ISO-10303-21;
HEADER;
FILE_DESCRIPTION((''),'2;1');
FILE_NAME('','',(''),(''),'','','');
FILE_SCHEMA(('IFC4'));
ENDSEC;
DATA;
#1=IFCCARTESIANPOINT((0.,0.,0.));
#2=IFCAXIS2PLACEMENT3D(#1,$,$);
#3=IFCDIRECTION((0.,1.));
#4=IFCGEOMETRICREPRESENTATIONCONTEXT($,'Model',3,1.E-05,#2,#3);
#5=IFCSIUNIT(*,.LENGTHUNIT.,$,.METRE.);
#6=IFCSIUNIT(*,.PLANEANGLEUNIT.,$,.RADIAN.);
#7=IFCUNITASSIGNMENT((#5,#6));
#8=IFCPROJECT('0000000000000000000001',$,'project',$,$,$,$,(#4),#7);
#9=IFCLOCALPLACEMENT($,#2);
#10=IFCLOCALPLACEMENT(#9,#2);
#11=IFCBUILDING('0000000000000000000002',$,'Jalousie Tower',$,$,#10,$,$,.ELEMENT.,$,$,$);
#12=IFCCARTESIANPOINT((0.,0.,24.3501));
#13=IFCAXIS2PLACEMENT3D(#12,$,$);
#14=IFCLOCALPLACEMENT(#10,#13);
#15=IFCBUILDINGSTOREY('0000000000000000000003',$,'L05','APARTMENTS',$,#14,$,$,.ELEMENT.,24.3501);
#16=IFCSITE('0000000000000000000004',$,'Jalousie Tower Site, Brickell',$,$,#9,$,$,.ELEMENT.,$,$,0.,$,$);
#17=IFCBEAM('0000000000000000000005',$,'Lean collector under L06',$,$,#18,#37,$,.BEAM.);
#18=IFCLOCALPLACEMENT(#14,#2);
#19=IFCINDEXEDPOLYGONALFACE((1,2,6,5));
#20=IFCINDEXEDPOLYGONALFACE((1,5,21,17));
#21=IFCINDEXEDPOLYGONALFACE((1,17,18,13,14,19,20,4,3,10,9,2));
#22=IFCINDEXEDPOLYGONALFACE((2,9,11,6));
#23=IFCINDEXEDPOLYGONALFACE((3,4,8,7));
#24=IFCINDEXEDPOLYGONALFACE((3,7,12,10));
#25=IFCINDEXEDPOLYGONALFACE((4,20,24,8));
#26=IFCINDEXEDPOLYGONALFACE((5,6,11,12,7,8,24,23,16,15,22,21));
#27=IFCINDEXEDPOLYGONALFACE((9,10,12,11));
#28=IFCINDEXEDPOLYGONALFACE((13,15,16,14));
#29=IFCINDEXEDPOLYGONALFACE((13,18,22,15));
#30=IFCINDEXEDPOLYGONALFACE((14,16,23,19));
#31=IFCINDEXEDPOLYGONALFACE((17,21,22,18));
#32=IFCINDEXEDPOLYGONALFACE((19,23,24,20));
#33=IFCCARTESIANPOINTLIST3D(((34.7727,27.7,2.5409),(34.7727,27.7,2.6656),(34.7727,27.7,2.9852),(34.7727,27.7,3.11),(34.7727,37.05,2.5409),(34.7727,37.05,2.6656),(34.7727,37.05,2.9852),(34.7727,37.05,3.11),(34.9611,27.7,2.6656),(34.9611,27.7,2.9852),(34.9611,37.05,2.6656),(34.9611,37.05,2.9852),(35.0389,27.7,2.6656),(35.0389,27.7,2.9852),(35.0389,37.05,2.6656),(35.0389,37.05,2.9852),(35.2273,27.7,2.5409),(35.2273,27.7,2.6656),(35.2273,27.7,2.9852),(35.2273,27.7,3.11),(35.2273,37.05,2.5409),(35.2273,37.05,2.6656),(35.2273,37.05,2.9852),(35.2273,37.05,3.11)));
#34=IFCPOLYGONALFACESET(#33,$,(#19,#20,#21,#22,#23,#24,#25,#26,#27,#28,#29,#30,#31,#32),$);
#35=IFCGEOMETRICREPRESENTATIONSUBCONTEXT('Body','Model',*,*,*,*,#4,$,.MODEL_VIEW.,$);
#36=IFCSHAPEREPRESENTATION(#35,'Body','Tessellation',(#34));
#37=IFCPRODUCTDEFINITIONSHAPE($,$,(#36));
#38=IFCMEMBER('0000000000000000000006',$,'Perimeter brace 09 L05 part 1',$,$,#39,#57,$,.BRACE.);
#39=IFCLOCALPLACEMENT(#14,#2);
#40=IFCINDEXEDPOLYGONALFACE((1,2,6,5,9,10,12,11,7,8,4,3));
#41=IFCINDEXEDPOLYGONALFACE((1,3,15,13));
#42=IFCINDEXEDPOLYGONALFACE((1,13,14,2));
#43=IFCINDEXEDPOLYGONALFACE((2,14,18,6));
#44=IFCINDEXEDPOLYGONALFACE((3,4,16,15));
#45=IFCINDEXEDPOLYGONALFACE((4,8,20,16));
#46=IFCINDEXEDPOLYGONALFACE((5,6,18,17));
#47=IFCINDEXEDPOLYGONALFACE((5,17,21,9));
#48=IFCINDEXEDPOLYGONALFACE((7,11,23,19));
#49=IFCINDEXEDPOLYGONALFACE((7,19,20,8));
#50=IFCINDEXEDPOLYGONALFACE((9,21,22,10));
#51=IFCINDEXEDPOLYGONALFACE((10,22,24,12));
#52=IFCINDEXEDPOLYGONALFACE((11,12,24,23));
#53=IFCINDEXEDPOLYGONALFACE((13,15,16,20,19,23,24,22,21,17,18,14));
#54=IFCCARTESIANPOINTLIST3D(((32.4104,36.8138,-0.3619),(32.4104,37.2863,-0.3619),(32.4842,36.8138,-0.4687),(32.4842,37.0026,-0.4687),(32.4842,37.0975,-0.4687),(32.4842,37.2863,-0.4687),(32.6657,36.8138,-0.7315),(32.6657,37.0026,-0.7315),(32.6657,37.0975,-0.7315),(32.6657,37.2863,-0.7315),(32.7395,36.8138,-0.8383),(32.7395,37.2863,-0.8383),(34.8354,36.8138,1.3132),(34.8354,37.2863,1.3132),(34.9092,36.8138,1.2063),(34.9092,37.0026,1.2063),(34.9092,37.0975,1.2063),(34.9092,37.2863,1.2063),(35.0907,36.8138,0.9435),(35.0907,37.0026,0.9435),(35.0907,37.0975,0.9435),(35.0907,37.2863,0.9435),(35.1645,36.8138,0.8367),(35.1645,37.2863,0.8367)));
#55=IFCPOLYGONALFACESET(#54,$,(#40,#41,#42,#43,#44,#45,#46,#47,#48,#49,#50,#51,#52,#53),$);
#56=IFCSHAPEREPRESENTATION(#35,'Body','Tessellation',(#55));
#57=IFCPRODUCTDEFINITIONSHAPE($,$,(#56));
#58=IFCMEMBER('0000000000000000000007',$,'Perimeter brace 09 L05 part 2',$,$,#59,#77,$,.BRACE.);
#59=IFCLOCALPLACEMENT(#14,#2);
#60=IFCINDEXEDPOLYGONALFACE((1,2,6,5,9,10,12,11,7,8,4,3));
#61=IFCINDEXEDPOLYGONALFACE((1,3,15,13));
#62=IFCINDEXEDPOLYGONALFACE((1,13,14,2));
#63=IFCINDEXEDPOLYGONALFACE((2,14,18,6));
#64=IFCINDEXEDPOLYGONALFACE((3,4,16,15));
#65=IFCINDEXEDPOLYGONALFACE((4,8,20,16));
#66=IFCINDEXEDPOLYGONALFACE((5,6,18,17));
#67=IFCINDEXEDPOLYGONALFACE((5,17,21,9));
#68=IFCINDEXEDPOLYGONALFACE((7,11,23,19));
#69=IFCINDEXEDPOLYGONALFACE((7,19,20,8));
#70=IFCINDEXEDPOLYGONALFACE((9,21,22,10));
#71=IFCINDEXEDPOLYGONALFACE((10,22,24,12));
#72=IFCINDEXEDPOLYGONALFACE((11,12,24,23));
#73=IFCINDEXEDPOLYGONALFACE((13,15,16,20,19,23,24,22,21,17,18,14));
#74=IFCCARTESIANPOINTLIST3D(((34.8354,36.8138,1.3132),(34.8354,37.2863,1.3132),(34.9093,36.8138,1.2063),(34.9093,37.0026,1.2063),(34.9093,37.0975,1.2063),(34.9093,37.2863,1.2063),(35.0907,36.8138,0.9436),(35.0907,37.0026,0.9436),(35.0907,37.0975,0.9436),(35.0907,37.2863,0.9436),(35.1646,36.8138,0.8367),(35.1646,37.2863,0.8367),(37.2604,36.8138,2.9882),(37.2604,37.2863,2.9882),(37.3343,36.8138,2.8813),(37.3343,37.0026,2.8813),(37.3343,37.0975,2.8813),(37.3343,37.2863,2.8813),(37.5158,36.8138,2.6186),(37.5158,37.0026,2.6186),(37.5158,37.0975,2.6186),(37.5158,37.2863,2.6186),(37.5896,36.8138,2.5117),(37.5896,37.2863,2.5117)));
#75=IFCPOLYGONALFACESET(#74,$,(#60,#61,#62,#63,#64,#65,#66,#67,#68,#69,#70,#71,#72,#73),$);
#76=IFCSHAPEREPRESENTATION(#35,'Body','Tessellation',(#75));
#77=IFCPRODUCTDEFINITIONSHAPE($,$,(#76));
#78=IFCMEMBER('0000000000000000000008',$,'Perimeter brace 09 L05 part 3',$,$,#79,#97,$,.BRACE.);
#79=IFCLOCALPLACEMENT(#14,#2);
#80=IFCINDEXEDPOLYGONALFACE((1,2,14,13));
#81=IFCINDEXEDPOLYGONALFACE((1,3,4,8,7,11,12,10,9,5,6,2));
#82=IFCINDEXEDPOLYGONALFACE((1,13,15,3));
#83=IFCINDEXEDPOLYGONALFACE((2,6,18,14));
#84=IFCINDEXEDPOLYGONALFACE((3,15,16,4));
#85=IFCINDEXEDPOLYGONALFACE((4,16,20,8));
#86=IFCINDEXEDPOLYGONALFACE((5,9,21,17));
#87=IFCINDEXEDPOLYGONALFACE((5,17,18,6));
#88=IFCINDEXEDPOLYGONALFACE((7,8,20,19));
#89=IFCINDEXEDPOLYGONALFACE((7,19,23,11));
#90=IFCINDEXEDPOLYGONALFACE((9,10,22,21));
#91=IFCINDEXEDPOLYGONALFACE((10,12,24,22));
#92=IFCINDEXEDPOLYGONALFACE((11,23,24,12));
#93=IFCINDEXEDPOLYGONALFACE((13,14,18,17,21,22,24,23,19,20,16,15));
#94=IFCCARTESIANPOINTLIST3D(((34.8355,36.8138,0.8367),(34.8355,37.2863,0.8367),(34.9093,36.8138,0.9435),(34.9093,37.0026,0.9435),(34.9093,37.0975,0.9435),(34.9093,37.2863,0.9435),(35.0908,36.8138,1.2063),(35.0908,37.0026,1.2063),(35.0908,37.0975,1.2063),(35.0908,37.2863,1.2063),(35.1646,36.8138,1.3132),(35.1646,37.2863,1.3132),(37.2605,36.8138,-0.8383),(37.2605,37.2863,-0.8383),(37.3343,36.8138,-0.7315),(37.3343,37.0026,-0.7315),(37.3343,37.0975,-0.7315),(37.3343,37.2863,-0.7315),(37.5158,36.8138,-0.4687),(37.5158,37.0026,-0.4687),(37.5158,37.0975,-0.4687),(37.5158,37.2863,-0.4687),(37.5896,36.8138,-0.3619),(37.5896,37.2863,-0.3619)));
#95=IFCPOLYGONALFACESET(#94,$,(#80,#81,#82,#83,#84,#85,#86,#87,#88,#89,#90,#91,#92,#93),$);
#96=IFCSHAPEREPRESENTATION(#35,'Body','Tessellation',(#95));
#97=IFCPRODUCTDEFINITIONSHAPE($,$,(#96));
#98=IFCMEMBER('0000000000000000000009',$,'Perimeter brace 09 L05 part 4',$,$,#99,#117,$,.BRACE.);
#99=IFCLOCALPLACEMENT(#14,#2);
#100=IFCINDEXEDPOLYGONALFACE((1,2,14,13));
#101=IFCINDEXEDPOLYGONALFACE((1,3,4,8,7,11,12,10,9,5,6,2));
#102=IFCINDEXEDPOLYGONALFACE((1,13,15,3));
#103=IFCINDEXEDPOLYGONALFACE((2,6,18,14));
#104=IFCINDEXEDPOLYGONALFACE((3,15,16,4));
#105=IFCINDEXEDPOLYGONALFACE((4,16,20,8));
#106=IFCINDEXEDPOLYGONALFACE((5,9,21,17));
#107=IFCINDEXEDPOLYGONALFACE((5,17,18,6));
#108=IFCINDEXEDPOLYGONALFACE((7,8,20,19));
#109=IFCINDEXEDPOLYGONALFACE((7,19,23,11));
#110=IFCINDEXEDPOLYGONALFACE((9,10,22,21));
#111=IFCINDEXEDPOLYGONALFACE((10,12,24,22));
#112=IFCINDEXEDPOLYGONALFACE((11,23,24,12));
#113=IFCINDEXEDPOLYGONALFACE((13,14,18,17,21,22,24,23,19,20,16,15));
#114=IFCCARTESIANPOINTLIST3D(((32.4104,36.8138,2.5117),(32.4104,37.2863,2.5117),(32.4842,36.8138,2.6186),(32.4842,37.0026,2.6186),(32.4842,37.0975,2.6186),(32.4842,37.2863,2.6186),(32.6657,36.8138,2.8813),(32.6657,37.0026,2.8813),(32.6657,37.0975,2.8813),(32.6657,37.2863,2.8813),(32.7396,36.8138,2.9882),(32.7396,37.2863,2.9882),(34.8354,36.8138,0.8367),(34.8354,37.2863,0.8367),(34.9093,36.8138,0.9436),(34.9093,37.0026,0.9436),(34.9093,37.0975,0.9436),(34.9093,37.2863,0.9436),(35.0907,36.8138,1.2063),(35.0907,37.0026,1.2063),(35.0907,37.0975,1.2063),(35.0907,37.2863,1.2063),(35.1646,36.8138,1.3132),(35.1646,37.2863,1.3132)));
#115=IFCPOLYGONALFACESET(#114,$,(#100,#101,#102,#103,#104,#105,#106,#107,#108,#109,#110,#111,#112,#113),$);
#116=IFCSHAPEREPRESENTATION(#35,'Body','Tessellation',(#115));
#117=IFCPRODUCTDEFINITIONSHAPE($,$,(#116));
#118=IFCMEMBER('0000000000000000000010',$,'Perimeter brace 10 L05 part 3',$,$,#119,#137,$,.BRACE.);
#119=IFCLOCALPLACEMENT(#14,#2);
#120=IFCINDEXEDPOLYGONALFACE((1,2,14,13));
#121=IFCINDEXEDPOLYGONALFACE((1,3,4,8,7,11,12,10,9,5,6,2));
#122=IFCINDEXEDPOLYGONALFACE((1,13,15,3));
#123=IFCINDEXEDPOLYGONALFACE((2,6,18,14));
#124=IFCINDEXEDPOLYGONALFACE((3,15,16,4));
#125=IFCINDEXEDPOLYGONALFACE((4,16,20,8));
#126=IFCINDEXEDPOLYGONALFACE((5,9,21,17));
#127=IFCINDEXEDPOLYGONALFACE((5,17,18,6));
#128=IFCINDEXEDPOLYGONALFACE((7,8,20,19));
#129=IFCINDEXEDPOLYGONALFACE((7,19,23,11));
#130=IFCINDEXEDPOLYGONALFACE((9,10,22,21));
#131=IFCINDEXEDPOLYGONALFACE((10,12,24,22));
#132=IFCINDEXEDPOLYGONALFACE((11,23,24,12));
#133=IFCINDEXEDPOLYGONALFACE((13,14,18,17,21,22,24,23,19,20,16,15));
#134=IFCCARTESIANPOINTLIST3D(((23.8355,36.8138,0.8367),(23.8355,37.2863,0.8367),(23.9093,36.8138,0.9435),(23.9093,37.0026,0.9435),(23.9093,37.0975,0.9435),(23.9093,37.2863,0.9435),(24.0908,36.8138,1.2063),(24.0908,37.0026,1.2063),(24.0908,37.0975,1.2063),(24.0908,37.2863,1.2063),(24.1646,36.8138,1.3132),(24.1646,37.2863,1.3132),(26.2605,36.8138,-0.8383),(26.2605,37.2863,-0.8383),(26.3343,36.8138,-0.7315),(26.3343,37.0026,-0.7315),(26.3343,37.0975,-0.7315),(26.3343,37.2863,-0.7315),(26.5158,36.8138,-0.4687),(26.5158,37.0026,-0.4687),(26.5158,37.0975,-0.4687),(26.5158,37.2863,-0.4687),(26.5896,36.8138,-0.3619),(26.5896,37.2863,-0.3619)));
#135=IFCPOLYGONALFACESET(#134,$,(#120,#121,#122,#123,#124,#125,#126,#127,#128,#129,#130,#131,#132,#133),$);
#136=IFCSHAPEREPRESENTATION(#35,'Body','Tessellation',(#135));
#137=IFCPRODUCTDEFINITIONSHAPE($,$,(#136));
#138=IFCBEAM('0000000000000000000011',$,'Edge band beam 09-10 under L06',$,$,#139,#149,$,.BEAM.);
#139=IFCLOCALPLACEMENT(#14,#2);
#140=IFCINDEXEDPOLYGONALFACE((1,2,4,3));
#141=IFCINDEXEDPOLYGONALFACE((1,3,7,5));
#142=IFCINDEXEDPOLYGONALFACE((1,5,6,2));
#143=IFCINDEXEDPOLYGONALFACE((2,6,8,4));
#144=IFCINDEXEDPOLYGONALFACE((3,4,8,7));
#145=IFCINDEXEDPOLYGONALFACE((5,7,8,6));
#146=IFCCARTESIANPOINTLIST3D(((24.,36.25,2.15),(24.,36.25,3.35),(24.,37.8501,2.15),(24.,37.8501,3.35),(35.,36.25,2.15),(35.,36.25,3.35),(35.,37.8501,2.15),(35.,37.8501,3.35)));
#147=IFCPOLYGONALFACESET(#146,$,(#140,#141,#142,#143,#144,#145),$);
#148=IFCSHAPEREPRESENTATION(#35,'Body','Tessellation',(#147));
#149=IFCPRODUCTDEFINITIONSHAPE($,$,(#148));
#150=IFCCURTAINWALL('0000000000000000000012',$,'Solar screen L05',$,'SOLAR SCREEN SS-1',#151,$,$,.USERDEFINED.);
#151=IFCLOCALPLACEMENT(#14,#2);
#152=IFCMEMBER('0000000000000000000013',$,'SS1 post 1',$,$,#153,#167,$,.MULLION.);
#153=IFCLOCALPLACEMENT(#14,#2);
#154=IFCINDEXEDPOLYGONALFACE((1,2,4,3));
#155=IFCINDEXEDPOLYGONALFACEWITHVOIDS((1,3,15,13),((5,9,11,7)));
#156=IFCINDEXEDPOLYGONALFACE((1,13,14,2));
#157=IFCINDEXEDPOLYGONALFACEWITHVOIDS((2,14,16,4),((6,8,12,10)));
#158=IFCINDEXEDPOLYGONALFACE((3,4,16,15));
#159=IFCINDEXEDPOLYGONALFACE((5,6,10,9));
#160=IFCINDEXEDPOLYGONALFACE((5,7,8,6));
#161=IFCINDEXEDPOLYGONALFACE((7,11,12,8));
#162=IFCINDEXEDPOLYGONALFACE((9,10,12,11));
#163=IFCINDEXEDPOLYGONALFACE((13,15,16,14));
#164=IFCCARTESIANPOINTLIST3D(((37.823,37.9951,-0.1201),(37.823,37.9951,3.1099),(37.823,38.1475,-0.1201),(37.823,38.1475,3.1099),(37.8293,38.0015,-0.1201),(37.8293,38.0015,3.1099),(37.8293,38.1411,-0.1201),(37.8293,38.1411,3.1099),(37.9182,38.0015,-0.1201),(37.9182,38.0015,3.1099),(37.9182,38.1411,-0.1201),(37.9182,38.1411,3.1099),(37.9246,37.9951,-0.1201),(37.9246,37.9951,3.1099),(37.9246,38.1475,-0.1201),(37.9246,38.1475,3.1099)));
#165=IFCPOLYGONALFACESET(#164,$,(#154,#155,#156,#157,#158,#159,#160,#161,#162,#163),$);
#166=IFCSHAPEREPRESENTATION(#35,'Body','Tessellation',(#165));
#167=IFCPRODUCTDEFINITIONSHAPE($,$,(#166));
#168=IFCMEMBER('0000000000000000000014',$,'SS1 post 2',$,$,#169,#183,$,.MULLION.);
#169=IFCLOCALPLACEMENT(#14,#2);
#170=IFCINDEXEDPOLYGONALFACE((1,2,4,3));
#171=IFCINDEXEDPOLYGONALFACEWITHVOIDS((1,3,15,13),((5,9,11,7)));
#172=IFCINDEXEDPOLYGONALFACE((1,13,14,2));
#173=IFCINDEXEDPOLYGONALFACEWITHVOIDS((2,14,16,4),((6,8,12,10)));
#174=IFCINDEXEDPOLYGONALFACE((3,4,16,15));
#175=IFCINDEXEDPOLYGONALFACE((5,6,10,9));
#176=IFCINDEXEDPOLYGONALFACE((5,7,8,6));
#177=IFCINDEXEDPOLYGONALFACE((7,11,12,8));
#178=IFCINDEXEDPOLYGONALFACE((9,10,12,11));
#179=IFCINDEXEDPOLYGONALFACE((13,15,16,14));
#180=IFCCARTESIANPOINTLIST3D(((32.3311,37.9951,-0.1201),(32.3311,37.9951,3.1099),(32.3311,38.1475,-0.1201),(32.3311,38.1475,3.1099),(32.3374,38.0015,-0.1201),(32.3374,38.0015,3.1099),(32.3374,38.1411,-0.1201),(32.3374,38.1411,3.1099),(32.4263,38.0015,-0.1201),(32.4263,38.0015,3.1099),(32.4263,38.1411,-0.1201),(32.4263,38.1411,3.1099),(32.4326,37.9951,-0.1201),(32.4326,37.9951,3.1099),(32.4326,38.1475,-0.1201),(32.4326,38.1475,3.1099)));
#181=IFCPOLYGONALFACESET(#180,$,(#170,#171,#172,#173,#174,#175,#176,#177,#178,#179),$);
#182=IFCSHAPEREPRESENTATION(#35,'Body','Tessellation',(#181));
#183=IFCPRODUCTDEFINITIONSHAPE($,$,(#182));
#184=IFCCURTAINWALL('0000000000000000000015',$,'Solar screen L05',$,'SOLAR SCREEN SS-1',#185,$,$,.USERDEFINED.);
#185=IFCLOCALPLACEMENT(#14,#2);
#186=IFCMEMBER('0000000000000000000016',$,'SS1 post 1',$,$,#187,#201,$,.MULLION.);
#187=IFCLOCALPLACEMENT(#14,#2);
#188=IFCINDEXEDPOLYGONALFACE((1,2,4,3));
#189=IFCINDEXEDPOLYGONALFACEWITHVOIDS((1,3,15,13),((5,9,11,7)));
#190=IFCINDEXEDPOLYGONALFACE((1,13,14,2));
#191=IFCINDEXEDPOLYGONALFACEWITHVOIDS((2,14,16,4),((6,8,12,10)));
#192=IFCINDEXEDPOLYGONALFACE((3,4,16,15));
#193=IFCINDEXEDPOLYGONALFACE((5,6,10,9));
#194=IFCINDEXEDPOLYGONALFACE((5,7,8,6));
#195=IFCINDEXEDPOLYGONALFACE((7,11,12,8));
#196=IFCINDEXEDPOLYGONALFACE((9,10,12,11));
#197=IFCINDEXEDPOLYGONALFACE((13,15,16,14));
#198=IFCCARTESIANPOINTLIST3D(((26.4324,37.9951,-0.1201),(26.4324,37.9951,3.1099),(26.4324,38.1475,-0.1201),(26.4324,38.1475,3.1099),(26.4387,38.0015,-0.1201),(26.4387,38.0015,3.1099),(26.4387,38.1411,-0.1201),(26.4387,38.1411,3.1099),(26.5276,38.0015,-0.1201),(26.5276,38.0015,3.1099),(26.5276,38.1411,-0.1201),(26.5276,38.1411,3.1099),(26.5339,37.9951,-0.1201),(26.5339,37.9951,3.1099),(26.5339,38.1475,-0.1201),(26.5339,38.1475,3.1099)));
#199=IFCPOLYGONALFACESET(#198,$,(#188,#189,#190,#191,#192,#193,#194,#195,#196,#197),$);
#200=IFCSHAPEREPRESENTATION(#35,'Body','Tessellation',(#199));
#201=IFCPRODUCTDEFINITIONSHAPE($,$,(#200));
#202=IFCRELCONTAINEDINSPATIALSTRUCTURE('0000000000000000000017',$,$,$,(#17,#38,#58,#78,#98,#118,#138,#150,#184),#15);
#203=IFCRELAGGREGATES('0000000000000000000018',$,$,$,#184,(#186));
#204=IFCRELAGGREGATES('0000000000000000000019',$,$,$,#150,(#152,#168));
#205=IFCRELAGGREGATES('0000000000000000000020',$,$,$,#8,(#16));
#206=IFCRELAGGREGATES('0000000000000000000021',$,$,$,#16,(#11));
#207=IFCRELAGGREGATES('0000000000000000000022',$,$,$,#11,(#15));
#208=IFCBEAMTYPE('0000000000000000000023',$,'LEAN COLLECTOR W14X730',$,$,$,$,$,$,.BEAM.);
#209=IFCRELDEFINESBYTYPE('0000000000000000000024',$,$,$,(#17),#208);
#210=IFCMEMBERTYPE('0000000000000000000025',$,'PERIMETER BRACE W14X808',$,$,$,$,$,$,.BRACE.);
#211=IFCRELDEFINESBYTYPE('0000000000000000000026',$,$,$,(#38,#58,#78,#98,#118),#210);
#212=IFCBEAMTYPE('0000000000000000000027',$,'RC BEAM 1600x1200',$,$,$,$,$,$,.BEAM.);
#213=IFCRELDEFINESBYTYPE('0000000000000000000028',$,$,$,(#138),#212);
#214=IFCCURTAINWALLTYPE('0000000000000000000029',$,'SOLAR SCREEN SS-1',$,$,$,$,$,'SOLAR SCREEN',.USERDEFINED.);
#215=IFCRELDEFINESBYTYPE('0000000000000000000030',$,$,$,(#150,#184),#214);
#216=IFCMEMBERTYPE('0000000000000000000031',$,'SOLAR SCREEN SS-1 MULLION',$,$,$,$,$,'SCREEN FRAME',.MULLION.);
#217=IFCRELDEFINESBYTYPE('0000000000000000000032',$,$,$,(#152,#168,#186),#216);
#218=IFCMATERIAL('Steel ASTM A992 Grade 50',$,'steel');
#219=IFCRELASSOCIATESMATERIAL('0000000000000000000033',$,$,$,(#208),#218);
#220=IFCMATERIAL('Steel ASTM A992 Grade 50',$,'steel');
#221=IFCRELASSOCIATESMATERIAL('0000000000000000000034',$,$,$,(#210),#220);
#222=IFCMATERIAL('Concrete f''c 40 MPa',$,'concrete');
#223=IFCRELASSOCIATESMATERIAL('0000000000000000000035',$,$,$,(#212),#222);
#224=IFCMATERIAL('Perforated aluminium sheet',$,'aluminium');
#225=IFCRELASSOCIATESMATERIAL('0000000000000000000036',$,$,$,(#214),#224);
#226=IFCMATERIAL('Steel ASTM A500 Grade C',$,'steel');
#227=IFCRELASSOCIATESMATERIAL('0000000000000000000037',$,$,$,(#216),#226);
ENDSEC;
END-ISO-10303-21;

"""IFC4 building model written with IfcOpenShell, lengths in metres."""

from ifc_helpers import new_model, si_unit, direction, frame, origin, origin_2d, place, context, subcontext, project, spatial, rectangle, hollow_rectangle, i_section, extrude, material, material_profile, profile_set, type_object, element, aggregate, save


model = new_model("IFC4")

# Units and contexts
model_context = context("Model", 3, precision=1e-05, world=origin(), true_north=direction((0.0, 1.0)))
body_context = subcontext(model_context, "Body", "Model", "MODEL_VIEW")
ifc_project = project(units=[si_unit("LENGTHUNIT", "METRE"), si_unit("PLANEANGLEUNIT", "RADIAN")], contexts=[model_context])

# Site, building, storey
site_placement = place(None, origin())
site = spatial("IfcSite", under=ifc_project, at=site_placement, Name="Jalousie Tower Site, Brickell", CompositionType="ELEMENT", RefElevation=0.0)
building_placement = place(site_placement, origin())
building = spatial("IfcBuilding", under=site, at=building_placement, Name="Jalousie Tower", CompositionType="ELEMENT")
storey_placement = place(building_placement, frame((0.0, 0.0, 24.3501)))
storey = spatial("IfcBuildingStorey", under=building, at=storey_placement, Name="L05", Description="APARTMENTS", CompositionType="ELEMENT", Elevation=24.3501)

# Beam
ifc_material_1 = material(Name="Steel ASTM A992 Grade 50", Category="steel")
ifc_material_profile_1 = material_profile(ifc_material_1, i_section(OverallWidth=0.4546, OverallDepth=0.5691, WebThickness=0.0779, FlangeThickness=0.1248, at=origin_2d()), Name="W14X730")
ifc_profile_set_1 = profile_set([ifc_material_profile_1], Name="Steel ASTM A992 Grade 50")
beam_type_1 = type_object("IfcBeamType", Name="LEAN COLLECTOR W14X730", PredefinedType="BEAM", material=ifc_profile_set_1)
beam_1_placement = place(storey_placement, frame((35.0, 37.05, 2.8254), z_axis=(0.0, -1.0, 0.0), x_axis=(1.0, 0.0, 0.0)))
element("IfcBeam", 1, at=beam_1_placement, inside=storey, type_object=beam_type_1, Name="Lean collector under L06", PredefinedType="BEAM", context=body_context, shape_type="SweptSolid", body=[
    extrude(i_section(OverallWidth=0.4546, OverallDepth=0.5691, WebThickness=0.0779, FlangeThickness=0.1248, at=origin_2d()), origin(), (0.0, 0.0, 1.0), 9.3501),
])

# Members
ifc_material_2 = material(Name="Steel ASTM A992 Grade 50", Category="steel")
ifc_material_profile_2 = material_profile(ifc_material_2, i_section(OverallWidth=0.4724, OverallDepth=0.5791, WebThickness=0.095, FlangeThickness=0.1299, at=origin_2d()), Name="W14X808")
ifc_profile_set_2 = profile_set([ifc_material_profile_2], Name="Steel ASTM A992 Grade 50")
member_type_1 = type_object("IfcMemberType", Name="PERIMETER BRACE W14X808", PredefinedType="BRACE", material=ifc_profile_set_2)
for number, where, z_axis, x_axis, name in (
    (2, (32.575, 37.05, -0.6001), (0.8228, 0.0, 0.568331), (0.0, 1.0, 0.0), "Perimeter brace 09 L05 part 1"),
    (3, (35.0, 37.05, 1.075), (0.8228, 0.0, 0.568331), (0.0, 1.0, 0.0), "Perimeter brace 09 L05 part 2"),
    (4, (37.425, 37.05, -0.6001), (-0.8228, 0.0, 0.568331), (0.0, -1.0, 0.0), "Perimeter brace 09 L05 part 3"),
    (5, (35.0, 37.05, 1.075), (-0.8228, 0.0, 0.568331), (0.0, -1.0, 0.0), "Perimeter brace 09 L05 part 4"),
    (6, (26.425, 37.05, -0.6001), (-0.8228, 0.0, 0.568331), (0.0, -1.0, 0.0), "Perimeter brace 10 L05 part 3"),
):
    element("IfcMember", number, at=place(storey_placement, frame(where, z_axis=z_axis, x_axis=x_axis)), inside=storey, type_object=member_type_1, Name=name, PredefinedType="BRACE", context=body_context, shape_type="SweptSolid", body=[
        extrude(i_section(OverallWidth=0.4724, OverallDepth=0.5791, WebThickness=0.095, FlangeThickness=0.1299, at=origin_2d()), origin(), (0.0, 0.0, 1.0), 2.9473),
    ])

# Beam
ifc_material_3 = material(Name="Concrete f'c 40 MPa", Category="concrete")
ifc_material_profile_3 = material_profile(ifc_material_3, rectangle(XDim=1.6001, YDim=1.2, at=origin_2d()), Name="RC 1600x1200")
ifc_profile_set_3 = profile_set([ifc_material_profile_3], Name="Concrete f'c 40 MPa")
beam_type_2 = type_object("IfcBeamType", Name="RC BEAM 1600x1200", PredefinedType="BEAM", material=ifc_profile_set_3)
beam_2_placement = place(storey_placement, frame((35.0, 37.05, 2.75), z_axis=(-1.0, 0.0, 0.0), x_axis=(0.0, -1.0, 0.0)))
element("IfcBeam", 7, at=beam_2_placement, inside=storey, type_object=beam_type_2, Name="Edge band beam 09-10 under L06", PredefinedType="BEAM", context=body_context, shape_type="SweptSolid", body=[
    extrude(rectangle(XDim=1.6001, YDim=1.2, at=origin_2d()), origin(), (0.0, 0.0, 1.0), 11.0),
])

# Curtain wall, members
ifc_material_4 = material(Name="Perforated aluminium sheet", Category="aluminium")
curtain_wall_type = type_object("IfcCurtainWallType", Name="SOLAR SCREEN SS-1", ElementType="SOLAR SCREEN", PredefinedType="USERDEFINED", material=ifc_material_4)
curtain_wall_1_placement = place(storey_placement, origin())
curtain_wall_1 = element("IfcCurtainWall", 8, at=curtain_wall_1_placement, inside=storey, type_object=curtain_wall_type, Name="Solar screen L05", ObjectType="SOLAR SCREEN SS-1", PredefinedType="USERDEFINED")
ifc_material_5 = material(Name="Steel ASTM A500 Grade C", Category="steel")
ifc_material_profile_4 = material_profile(ifc_material_5, hollow_rectangle(XDim=0.1016, YDim=0.1523, WallThickness=0.0063, at=origin_2d()), Name="HSS6X4X1/4")
ifc_profile_set_4 = profile_set([ifc_material_profile_4], Name="Steel ASTM A500 Grade C")
member_type_2 = type_object("IfcMemberType", Name="SOLAR SCREEN SS-1 MULLION", ElementType="SCREEN FRAME", PredefinedType="MULLION", material=ifc_profile_set_4)
member_1_placement = place(storey_placement, frame((37.8738, 38.0713, -0.1201), z_axis=(0.0, 0.0, 1.0), x_axis=(-1.0, 0.0, 0.0)))
member_1 = element("IfcMember", 9, at=member_1_placement, type_object=member_type_2, Name="SS1 post 1", PredefinedType="MULLION", context=body_context, shape_type="SweptSolid", body=[
    extrude(hollow_rectangle(XDim=0.1016, YDim=0.1523, WallThickness=0.0063, at=origin_2d()), origin(), (0.0, 0.0, 1.0), 3.23),
])
member_2_placement = place(storey_placement, frame((32.3818, 38.0713, -0.1201), z_axis=(0.0, 0.0, 1.0), x_axis=(-1.0, 0.0, 0.0)))
member_2 = element("IfcMember", 10, at=member_2_placement, type_object=member_type_2, Name="SS1 post 2", PredefinedType="MULLION", context=body_context, shape_type="SweptSolid", body=[
    extrude(hollow_rectangle(XDim=0.1016, YDim=0.1523, WallThickness=0.0063, at=origin_2d()), origin(), (0.0, 0.0, 1.0), 3.23),
])

# Curtain wall, member
curtain_wall_2_placement = place(storey_placement, origin())
curtain_wall_2 = element("IfcCurtainWall", 11, at=curtain_wall_2_placement, inside=storey, type_object=curtain_wall_type, Name="Solar screen L05", ObjectType="SOLAR SCREEN SS-1", PredefinedType="USERDEFINED")
member_3_placement = place(storey_placement, frame((26.4832, 38.0713, -0.1201), z_axis=(0.0, 0.0, 1.0), x_axis=(-1.0, 0.0, 0.0)))
member_3 = element("IfcMember", 12, at=member_3_placement, type_object=member_type_2, Name="SS1 post 1", PredefinedType="MULLION", context=body_context, shape_type="SweptSolid", body=[
    extrude(hollow_rectangle(XDim=0.1016, YDim=0.1523, WallThickness=0.0063, at=origin_2d()), origin(), (0.0, 0.0, 1.0), 3.23),
])

aggregate(curtain_wall_2, [member_3])

aggregate(curtain_wall_1, [member_1, member_2])

save(model, "model.ifc")
